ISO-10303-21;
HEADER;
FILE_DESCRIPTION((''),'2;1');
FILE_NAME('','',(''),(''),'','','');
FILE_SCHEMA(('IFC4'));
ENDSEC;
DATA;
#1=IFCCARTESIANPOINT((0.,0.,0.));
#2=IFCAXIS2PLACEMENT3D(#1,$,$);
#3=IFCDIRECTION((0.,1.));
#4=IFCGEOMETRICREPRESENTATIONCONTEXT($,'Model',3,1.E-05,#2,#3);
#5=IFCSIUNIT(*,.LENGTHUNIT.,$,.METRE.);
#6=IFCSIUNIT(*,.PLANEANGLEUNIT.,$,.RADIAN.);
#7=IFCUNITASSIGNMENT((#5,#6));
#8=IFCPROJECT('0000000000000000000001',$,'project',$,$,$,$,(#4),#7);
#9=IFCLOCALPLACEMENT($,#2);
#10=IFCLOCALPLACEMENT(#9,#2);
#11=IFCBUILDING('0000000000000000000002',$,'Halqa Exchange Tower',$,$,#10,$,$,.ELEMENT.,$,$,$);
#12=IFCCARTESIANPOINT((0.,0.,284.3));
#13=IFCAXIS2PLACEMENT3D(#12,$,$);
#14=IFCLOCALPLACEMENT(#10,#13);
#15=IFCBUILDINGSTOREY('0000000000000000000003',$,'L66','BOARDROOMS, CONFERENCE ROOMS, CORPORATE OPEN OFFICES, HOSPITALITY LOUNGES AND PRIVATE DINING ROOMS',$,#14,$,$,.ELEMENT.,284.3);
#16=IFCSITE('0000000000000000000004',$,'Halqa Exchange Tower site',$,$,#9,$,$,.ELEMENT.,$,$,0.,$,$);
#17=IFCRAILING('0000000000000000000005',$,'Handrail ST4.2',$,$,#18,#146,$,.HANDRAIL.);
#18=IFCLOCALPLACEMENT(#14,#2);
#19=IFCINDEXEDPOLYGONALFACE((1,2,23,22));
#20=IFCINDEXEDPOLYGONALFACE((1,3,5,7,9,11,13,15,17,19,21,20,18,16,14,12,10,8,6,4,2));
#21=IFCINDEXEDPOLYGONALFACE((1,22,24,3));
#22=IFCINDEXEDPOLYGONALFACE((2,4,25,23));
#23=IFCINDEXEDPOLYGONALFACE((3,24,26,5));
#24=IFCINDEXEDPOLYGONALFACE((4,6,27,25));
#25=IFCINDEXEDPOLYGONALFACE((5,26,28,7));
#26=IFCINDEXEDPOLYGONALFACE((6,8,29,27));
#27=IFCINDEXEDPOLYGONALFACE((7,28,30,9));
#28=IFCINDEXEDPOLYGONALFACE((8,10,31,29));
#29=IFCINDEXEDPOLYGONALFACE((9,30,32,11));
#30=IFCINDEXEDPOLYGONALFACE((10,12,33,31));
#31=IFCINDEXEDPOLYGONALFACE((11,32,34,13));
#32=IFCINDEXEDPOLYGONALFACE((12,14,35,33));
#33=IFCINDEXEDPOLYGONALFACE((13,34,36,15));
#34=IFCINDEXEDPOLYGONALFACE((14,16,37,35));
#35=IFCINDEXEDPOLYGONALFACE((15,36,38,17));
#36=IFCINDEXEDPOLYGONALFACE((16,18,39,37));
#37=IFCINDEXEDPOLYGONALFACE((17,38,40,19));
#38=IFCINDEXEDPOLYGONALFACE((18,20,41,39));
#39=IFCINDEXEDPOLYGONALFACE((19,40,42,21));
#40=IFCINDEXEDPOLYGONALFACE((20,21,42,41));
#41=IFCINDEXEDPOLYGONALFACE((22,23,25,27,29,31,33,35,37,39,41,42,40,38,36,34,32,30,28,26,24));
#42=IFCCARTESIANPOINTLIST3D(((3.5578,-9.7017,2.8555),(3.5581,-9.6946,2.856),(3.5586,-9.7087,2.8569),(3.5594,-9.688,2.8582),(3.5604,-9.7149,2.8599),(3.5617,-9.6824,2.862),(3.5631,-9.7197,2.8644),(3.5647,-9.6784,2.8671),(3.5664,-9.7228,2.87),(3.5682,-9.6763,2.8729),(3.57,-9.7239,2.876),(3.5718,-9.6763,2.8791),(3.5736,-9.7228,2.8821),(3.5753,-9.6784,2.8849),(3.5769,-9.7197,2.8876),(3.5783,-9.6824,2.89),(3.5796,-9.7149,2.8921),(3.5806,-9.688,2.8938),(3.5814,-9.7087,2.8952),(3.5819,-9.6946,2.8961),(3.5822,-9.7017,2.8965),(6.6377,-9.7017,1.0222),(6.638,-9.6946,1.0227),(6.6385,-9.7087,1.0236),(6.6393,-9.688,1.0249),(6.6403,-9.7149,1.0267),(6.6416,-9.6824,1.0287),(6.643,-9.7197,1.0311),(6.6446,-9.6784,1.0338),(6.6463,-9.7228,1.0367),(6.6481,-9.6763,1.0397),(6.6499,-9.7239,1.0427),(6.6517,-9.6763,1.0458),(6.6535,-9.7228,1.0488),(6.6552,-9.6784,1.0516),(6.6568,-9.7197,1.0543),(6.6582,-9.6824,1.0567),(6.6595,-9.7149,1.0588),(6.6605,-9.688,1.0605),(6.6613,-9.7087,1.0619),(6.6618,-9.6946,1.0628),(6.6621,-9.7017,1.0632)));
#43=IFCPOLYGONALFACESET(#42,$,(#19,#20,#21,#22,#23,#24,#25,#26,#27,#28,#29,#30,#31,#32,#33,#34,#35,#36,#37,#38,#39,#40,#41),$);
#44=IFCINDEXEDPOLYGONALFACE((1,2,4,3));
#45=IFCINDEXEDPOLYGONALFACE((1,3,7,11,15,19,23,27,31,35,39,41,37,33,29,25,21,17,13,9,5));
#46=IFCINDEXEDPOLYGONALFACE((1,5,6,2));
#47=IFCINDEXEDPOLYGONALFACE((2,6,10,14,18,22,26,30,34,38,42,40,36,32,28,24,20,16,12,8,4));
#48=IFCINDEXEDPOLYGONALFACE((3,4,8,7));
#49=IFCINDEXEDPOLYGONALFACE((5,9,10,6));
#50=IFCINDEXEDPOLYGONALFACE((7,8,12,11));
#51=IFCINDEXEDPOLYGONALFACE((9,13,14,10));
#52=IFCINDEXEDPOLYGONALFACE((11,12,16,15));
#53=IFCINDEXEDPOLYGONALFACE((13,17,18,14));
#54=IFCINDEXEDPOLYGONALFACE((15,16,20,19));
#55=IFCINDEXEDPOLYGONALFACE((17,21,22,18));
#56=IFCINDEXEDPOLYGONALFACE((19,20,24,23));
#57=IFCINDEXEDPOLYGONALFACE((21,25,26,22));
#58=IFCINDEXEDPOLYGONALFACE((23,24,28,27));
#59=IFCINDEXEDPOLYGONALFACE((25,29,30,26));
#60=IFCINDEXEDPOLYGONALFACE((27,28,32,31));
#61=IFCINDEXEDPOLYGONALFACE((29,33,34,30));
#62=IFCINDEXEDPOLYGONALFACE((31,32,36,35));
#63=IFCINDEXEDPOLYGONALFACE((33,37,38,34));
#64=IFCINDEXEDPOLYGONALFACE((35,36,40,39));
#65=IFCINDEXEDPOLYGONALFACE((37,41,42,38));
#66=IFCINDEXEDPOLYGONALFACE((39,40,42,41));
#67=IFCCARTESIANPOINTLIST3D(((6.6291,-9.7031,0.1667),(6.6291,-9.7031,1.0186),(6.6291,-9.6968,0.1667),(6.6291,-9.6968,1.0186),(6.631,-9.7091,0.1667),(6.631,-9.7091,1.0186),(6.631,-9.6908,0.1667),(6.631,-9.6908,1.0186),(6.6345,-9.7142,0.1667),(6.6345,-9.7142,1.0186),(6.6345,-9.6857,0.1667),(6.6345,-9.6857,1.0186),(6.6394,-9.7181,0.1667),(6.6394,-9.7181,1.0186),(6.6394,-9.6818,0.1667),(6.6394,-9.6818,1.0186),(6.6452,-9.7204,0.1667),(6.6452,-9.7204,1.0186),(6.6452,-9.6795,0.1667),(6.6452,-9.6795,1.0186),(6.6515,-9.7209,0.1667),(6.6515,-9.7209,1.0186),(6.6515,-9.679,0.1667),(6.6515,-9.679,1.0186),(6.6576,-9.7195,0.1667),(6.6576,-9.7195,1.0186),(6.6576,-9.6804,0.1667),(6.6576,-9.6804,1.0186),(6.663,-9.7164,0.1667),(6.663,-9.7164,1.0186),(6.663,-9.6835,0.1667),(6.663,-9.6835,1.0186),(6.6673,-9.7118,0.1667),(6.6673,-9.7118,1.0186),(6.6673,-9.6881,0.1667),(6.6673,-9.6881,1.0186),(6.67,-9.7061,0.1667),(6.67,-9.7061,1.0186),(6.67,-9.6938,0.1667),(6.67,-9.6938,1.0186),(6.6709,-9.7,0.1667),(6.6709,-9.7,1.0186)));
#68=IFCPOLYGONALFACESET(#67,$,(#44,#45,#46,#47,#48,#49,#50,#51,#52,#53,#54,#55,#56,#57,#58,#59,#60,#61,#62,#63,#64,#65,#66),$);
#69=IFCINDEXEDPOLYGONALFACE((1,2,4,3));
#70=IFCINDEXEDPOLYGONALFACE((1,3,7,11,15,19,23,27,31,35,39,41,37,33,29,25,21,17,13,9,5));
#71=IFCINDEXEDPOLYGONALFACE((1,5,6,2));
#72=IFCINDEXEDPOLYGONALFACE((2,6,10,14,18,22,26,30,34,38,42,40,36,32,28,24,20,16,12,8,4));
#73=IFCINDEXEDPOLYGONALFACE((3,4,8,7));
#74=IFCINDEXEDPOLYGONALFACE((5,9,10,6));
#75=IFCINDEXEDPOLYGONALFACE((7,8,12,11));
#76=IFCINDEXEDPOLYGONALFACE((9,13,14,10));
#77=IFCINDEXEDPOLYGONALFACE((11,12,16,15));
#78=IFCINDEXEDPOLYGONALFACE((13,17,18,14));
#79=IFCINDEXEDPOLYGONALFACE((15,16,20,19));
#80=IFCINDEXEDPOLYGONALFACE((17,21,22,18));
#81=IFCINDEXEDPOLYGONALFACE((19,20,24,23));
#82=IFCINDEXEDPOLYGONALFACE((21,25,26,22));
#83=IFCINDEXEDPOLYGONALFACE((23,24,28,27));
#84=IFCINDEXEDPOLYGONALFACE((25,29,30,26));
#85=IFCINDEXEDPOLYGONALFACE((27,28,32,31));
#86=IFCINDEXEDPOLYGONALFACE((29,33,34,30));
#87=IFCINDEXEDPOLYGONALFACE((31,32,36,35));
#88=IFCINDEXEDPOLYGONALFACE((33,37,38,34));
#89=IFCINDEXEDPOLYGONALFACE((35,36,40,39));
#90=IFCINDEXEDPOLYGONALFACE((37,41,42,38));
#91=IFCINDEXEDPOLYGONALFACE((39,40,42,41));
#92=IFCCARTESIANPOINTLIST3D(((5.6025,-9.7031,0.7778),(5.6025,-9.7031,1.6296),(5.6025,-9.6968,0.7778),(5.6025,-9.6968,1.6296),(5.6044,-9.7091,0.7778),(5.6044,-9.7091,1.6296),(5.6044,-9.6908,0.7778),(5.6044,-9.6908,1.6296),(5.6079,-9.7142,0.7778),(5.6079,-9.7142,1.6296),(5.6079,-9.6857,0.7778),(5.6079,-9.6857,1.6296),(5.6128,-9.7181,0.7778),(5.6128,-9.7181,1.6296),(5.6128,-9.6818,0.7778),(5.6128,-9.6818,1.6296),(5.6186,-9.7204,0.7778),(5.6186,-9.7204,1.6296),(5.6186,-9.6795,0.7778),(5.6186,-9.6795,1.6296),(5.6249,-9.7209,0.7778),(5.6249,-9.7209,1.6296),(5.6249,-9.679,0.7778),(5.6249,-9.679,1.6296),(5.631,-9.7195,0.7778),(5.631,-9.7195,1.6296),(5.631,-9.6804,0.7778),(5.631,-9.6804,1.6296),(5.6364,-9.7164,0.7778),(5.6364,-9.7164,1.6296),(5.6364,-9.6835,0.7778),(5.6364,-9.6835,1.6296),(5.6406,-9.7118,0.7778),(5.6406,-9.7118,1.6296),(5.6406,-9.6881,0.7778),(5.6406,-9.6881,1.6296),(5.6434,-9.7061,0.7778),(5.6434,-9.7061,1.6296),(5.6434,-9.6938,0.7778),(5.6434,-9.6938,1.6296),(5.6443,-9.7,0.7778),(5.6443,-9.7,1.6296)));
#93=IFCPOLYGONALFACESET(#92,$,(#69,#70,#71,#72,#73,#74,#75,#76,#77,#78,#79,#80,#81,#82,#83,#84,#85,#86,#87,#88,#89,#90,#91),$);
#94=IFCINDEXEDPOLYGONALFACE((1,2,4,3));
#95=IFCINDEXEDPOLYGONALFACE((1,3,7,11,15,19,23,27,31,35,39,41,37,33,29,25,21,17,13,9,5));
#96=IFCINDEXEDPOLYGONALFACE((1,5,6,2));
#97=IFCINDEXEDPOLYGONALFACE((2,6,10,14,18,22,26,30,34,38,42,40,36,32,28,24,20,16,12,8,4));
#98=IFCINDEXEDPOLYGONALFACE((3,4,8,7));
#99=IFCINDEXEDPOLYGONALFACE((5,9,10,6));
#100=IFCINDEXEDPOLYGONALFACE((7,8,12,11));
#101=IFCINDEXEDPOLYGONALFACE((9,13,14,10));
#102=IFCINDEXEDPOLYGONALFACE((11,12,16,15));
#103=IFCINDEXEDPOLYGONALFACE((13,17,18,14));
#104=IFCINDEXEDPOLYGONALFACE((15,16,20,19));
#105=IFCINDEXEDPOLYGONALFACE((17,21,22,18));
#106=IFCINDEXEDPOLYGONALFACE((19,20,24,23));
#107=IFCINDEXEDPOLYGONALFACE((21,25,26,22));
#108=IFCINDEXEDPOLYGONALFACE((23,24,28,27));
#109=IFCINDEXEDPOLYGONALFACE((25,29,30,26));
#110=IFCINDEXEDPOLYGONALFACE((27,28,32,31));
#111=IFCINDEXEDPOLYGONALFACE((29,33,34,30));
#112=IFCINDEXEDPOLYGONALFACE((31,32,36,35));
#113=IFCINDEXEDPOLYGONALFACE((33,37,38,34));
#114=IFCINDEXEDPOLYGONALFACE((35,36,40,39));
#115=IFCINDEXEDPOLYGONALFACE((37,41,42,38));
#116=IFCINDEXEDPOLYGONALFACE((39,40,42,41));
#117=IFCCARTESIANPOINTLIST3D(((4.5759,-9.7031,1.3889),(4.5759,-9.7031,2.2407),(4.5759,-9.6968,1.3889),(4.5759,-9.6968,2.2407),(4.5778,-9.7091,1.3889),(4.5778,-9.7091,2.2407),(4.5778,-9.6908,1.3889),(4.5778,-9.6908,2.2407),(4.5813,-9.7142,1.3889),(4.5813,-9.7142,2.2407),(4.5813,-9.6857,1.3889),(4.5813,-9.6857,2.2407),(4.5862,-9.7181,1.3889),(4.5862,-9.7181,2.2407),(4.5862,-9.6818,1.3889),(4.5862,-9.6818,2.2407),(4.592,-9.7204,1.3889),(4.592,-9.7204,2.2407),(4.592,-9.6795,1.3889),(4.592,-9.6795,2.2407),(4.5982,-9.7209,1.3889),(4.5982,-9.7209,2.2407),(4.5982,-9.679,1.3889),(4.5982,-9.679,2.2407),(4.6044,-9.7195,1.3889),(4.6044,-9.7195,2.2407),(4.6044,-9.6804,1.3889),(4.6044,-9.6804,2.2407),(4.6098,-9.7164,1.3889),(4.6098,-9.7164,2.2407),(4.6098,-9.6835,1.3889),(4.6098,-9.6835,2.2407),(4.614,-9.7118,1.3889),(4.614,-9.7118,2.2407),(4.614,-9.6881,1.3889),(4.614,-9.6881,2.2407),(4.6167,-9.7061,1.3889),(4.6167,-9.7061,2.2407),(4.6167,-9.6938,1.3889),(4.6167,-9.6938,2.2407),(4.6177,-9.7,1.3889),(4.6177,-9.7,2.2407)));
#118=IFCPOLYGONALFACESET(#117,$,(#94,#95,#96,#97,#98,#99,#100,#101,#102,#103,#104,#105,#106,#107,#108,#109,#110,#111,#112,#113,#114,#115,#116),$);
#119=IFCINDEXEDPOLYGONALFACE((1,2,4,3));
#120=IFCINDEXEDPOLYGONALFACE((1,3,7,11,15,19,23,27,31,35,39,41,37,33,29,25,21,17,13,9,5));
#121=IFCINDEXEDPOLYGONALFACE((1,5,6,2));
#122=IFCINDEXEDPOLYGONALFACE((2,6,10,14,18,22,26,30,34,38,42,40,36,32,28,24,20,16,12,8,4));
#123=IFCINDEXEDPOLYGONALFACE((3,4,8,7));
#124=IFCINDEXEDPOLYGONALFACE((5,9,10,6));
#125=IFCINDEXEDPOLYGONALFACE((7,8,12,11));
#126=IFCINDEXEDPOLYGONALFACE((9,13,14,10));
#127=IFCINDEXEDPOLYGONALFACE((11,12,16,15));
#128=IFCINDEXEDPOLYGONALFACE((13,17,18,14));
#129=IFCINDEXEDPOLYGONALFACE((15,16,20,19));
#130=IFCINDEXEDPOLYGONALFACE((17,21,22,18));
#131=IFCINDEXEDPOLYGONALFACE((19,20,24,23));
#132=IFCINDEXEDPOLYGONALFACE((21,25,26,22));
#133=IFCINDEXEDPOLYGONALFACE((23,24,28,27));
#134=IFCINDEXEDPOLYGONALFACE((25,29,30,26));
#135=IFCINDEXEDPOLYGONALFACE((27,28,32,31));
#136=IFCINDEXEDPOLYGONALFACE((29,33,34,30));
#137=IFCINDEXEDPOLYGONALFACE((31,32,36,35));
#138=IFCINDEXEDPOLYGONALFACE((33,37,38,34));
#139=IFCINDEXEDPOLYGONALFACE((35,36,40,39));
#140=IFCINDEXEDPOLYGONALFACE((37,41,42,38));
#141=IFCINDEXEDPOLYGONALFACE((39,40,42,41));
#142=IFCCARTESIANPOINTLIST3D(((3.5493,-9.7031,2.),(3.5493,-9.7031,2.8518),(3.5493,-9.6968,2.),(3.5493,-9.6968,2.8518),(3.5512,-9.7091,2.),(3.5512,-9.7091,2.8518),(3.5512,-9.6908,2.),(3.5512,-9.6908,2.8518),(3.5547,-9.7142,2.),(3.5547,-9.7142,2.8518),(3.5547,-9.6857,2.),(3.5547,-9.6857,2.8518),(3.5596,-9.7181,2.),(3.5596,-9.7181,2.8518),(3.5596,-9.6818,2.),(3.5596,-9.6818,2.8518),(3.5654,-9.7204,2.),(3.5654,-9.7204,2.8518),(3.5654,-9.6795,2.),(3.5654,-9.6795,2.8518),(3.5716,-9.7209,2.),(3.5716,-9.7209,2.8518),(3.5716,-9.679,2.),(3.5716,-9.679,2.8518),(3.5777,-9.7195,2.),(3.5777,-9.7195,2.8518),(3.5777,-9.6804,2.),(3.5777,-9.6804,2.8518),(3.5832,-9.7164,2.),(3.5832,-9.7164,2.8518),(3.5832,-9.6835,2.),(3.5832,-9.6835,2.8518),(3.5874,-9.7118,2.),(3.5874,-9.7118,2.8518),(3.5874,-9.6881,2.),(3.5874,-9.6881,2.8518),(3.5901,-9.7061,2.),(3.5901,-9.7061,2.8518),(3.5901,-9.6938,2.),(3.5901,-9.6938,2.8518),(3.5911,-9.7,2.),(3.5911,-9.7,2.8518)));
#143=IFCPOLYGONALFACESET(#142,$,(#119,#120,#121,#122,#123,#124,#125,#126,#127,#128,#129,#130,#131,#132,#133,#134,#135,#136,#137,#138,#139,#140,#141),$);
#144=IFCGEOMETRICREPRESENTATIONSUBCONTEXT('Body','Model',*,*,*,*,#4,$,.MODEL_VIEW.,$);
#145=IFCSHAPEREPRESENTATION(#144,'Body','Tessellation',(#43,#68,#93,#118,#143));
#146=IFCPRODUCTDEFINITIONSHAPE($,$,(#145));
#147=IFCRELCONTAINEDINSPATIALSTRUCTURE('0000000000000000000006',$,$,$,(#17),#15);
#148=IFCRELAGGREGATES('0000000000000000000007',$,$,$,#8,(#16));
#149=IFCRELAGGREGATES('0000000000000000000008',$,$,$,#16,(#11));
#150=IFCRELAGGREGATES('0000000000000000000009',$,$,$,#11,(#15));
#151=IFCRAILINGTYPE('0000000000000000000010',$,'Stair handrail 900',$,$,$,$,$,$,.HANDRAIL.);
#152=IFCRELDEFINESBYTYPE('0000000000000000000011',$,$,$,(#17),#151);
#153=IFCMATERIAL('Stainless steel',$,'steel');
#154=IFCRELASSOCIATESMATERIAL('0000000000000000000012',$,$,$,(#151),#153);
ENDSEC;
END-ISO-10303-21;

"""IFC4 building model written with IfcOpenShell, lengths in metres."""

from ifc_helpers import new_model, si_unit, direction, frame, origin, origin_2d, place, context, subcontext, project, spatial, circle, extrude, material, type_object, element, save


model = new_model("IFC4")

# Units and contexts
model_context = context("Model", 3, precision=1e-05, world=origin(), true_north=direction((0.0, 1.0)))
body_context = subcontext(model_context, "Body", "Model", "MODEL_VIEW")
ifc_project = project(units=[si_unit("LENGTHUNIT", "METRE"), si_unit("PLANEANGLEUNIT", "RADIAN")], contexts=[model_context])

# Site, building, storey
site_placement = place(None, origin())
site = spatial("IfcSite", under=ifc_project, at=site_placement, Name="Halqa Exchange Tower site", CompositionType="ELEMENT", RefElevation=0.0)
building_placement = place(site_placement, origin())
building = spatial("IfcBuilding", under=site, at=building_placement, Name="Halqa Exchange Tower", CompositionType="ELEMENT")
storey_placement = place(building_placement, frame((0.0, 0.0, 284.3)))
storey = spatial("IfcBuildingStorey", under=building, at=storey_placement, Name="L66", Description="BOARDROOMS, CONFERENCE ROOMS, CORPORATE OPEN OFFICES, HOSPITALITY LOUNGES AND PRIVATE DINING ROOMS", CompositionType="ELEMENT", Elevation=284.3)

# Railing
ifc_material_1 = material(Name="Stainless steel", Category="steel")
railing_type_1 = type_object("IfcRailingType", Name="Stair handrail 900", PredefinedType="HANDRAIL", material=ifc_material_1)
railing_1_placement = place(storey_placement, frame((6.6499, -9.7, 0.1667)))
element("IfcRailing", 1, at=railing_1_placement, inside=storey, type_object=railing_type_1, Name="Handrail ST4.2", PredefinedType="HANDRAIL", context=body_context, shape_type="SweptSolid", body=[
    extrude(circle(Radius=0.0239, at=origin_2d()), frame((0.0, 0.0, 0.876), z_axis=(-0.859291, 0.0, 0.511487), x_axis=(0.0, -1.0, 0.0)), (0.0, 0.0, 1.0), 3.5842),
    extrude(circle(Radius=0.021, at=origin_2d()), origin(), (0.0, 0.0, 1.0), 0.8518),
    extrude(circle(Radius=0.021, at=origin_2d()), frame((-1.0266, 0.0, 0.6111)), (0.0, 0.0, 1.0), 0.8518),
    extrude(circle(Radius=0.021, at=origin_2d()), frame((-2.0532, 0.0, 1.2222)), (0.0, 0.0, 1.0), 0.8518),
    extrude(circle(Radius=0.021, at=origin_2d()), frame((-3.0798, 0.0, 1.8333)), (0.0, 0.0, 1.0), 0.8518),
])

save(model, "model.ifc")
